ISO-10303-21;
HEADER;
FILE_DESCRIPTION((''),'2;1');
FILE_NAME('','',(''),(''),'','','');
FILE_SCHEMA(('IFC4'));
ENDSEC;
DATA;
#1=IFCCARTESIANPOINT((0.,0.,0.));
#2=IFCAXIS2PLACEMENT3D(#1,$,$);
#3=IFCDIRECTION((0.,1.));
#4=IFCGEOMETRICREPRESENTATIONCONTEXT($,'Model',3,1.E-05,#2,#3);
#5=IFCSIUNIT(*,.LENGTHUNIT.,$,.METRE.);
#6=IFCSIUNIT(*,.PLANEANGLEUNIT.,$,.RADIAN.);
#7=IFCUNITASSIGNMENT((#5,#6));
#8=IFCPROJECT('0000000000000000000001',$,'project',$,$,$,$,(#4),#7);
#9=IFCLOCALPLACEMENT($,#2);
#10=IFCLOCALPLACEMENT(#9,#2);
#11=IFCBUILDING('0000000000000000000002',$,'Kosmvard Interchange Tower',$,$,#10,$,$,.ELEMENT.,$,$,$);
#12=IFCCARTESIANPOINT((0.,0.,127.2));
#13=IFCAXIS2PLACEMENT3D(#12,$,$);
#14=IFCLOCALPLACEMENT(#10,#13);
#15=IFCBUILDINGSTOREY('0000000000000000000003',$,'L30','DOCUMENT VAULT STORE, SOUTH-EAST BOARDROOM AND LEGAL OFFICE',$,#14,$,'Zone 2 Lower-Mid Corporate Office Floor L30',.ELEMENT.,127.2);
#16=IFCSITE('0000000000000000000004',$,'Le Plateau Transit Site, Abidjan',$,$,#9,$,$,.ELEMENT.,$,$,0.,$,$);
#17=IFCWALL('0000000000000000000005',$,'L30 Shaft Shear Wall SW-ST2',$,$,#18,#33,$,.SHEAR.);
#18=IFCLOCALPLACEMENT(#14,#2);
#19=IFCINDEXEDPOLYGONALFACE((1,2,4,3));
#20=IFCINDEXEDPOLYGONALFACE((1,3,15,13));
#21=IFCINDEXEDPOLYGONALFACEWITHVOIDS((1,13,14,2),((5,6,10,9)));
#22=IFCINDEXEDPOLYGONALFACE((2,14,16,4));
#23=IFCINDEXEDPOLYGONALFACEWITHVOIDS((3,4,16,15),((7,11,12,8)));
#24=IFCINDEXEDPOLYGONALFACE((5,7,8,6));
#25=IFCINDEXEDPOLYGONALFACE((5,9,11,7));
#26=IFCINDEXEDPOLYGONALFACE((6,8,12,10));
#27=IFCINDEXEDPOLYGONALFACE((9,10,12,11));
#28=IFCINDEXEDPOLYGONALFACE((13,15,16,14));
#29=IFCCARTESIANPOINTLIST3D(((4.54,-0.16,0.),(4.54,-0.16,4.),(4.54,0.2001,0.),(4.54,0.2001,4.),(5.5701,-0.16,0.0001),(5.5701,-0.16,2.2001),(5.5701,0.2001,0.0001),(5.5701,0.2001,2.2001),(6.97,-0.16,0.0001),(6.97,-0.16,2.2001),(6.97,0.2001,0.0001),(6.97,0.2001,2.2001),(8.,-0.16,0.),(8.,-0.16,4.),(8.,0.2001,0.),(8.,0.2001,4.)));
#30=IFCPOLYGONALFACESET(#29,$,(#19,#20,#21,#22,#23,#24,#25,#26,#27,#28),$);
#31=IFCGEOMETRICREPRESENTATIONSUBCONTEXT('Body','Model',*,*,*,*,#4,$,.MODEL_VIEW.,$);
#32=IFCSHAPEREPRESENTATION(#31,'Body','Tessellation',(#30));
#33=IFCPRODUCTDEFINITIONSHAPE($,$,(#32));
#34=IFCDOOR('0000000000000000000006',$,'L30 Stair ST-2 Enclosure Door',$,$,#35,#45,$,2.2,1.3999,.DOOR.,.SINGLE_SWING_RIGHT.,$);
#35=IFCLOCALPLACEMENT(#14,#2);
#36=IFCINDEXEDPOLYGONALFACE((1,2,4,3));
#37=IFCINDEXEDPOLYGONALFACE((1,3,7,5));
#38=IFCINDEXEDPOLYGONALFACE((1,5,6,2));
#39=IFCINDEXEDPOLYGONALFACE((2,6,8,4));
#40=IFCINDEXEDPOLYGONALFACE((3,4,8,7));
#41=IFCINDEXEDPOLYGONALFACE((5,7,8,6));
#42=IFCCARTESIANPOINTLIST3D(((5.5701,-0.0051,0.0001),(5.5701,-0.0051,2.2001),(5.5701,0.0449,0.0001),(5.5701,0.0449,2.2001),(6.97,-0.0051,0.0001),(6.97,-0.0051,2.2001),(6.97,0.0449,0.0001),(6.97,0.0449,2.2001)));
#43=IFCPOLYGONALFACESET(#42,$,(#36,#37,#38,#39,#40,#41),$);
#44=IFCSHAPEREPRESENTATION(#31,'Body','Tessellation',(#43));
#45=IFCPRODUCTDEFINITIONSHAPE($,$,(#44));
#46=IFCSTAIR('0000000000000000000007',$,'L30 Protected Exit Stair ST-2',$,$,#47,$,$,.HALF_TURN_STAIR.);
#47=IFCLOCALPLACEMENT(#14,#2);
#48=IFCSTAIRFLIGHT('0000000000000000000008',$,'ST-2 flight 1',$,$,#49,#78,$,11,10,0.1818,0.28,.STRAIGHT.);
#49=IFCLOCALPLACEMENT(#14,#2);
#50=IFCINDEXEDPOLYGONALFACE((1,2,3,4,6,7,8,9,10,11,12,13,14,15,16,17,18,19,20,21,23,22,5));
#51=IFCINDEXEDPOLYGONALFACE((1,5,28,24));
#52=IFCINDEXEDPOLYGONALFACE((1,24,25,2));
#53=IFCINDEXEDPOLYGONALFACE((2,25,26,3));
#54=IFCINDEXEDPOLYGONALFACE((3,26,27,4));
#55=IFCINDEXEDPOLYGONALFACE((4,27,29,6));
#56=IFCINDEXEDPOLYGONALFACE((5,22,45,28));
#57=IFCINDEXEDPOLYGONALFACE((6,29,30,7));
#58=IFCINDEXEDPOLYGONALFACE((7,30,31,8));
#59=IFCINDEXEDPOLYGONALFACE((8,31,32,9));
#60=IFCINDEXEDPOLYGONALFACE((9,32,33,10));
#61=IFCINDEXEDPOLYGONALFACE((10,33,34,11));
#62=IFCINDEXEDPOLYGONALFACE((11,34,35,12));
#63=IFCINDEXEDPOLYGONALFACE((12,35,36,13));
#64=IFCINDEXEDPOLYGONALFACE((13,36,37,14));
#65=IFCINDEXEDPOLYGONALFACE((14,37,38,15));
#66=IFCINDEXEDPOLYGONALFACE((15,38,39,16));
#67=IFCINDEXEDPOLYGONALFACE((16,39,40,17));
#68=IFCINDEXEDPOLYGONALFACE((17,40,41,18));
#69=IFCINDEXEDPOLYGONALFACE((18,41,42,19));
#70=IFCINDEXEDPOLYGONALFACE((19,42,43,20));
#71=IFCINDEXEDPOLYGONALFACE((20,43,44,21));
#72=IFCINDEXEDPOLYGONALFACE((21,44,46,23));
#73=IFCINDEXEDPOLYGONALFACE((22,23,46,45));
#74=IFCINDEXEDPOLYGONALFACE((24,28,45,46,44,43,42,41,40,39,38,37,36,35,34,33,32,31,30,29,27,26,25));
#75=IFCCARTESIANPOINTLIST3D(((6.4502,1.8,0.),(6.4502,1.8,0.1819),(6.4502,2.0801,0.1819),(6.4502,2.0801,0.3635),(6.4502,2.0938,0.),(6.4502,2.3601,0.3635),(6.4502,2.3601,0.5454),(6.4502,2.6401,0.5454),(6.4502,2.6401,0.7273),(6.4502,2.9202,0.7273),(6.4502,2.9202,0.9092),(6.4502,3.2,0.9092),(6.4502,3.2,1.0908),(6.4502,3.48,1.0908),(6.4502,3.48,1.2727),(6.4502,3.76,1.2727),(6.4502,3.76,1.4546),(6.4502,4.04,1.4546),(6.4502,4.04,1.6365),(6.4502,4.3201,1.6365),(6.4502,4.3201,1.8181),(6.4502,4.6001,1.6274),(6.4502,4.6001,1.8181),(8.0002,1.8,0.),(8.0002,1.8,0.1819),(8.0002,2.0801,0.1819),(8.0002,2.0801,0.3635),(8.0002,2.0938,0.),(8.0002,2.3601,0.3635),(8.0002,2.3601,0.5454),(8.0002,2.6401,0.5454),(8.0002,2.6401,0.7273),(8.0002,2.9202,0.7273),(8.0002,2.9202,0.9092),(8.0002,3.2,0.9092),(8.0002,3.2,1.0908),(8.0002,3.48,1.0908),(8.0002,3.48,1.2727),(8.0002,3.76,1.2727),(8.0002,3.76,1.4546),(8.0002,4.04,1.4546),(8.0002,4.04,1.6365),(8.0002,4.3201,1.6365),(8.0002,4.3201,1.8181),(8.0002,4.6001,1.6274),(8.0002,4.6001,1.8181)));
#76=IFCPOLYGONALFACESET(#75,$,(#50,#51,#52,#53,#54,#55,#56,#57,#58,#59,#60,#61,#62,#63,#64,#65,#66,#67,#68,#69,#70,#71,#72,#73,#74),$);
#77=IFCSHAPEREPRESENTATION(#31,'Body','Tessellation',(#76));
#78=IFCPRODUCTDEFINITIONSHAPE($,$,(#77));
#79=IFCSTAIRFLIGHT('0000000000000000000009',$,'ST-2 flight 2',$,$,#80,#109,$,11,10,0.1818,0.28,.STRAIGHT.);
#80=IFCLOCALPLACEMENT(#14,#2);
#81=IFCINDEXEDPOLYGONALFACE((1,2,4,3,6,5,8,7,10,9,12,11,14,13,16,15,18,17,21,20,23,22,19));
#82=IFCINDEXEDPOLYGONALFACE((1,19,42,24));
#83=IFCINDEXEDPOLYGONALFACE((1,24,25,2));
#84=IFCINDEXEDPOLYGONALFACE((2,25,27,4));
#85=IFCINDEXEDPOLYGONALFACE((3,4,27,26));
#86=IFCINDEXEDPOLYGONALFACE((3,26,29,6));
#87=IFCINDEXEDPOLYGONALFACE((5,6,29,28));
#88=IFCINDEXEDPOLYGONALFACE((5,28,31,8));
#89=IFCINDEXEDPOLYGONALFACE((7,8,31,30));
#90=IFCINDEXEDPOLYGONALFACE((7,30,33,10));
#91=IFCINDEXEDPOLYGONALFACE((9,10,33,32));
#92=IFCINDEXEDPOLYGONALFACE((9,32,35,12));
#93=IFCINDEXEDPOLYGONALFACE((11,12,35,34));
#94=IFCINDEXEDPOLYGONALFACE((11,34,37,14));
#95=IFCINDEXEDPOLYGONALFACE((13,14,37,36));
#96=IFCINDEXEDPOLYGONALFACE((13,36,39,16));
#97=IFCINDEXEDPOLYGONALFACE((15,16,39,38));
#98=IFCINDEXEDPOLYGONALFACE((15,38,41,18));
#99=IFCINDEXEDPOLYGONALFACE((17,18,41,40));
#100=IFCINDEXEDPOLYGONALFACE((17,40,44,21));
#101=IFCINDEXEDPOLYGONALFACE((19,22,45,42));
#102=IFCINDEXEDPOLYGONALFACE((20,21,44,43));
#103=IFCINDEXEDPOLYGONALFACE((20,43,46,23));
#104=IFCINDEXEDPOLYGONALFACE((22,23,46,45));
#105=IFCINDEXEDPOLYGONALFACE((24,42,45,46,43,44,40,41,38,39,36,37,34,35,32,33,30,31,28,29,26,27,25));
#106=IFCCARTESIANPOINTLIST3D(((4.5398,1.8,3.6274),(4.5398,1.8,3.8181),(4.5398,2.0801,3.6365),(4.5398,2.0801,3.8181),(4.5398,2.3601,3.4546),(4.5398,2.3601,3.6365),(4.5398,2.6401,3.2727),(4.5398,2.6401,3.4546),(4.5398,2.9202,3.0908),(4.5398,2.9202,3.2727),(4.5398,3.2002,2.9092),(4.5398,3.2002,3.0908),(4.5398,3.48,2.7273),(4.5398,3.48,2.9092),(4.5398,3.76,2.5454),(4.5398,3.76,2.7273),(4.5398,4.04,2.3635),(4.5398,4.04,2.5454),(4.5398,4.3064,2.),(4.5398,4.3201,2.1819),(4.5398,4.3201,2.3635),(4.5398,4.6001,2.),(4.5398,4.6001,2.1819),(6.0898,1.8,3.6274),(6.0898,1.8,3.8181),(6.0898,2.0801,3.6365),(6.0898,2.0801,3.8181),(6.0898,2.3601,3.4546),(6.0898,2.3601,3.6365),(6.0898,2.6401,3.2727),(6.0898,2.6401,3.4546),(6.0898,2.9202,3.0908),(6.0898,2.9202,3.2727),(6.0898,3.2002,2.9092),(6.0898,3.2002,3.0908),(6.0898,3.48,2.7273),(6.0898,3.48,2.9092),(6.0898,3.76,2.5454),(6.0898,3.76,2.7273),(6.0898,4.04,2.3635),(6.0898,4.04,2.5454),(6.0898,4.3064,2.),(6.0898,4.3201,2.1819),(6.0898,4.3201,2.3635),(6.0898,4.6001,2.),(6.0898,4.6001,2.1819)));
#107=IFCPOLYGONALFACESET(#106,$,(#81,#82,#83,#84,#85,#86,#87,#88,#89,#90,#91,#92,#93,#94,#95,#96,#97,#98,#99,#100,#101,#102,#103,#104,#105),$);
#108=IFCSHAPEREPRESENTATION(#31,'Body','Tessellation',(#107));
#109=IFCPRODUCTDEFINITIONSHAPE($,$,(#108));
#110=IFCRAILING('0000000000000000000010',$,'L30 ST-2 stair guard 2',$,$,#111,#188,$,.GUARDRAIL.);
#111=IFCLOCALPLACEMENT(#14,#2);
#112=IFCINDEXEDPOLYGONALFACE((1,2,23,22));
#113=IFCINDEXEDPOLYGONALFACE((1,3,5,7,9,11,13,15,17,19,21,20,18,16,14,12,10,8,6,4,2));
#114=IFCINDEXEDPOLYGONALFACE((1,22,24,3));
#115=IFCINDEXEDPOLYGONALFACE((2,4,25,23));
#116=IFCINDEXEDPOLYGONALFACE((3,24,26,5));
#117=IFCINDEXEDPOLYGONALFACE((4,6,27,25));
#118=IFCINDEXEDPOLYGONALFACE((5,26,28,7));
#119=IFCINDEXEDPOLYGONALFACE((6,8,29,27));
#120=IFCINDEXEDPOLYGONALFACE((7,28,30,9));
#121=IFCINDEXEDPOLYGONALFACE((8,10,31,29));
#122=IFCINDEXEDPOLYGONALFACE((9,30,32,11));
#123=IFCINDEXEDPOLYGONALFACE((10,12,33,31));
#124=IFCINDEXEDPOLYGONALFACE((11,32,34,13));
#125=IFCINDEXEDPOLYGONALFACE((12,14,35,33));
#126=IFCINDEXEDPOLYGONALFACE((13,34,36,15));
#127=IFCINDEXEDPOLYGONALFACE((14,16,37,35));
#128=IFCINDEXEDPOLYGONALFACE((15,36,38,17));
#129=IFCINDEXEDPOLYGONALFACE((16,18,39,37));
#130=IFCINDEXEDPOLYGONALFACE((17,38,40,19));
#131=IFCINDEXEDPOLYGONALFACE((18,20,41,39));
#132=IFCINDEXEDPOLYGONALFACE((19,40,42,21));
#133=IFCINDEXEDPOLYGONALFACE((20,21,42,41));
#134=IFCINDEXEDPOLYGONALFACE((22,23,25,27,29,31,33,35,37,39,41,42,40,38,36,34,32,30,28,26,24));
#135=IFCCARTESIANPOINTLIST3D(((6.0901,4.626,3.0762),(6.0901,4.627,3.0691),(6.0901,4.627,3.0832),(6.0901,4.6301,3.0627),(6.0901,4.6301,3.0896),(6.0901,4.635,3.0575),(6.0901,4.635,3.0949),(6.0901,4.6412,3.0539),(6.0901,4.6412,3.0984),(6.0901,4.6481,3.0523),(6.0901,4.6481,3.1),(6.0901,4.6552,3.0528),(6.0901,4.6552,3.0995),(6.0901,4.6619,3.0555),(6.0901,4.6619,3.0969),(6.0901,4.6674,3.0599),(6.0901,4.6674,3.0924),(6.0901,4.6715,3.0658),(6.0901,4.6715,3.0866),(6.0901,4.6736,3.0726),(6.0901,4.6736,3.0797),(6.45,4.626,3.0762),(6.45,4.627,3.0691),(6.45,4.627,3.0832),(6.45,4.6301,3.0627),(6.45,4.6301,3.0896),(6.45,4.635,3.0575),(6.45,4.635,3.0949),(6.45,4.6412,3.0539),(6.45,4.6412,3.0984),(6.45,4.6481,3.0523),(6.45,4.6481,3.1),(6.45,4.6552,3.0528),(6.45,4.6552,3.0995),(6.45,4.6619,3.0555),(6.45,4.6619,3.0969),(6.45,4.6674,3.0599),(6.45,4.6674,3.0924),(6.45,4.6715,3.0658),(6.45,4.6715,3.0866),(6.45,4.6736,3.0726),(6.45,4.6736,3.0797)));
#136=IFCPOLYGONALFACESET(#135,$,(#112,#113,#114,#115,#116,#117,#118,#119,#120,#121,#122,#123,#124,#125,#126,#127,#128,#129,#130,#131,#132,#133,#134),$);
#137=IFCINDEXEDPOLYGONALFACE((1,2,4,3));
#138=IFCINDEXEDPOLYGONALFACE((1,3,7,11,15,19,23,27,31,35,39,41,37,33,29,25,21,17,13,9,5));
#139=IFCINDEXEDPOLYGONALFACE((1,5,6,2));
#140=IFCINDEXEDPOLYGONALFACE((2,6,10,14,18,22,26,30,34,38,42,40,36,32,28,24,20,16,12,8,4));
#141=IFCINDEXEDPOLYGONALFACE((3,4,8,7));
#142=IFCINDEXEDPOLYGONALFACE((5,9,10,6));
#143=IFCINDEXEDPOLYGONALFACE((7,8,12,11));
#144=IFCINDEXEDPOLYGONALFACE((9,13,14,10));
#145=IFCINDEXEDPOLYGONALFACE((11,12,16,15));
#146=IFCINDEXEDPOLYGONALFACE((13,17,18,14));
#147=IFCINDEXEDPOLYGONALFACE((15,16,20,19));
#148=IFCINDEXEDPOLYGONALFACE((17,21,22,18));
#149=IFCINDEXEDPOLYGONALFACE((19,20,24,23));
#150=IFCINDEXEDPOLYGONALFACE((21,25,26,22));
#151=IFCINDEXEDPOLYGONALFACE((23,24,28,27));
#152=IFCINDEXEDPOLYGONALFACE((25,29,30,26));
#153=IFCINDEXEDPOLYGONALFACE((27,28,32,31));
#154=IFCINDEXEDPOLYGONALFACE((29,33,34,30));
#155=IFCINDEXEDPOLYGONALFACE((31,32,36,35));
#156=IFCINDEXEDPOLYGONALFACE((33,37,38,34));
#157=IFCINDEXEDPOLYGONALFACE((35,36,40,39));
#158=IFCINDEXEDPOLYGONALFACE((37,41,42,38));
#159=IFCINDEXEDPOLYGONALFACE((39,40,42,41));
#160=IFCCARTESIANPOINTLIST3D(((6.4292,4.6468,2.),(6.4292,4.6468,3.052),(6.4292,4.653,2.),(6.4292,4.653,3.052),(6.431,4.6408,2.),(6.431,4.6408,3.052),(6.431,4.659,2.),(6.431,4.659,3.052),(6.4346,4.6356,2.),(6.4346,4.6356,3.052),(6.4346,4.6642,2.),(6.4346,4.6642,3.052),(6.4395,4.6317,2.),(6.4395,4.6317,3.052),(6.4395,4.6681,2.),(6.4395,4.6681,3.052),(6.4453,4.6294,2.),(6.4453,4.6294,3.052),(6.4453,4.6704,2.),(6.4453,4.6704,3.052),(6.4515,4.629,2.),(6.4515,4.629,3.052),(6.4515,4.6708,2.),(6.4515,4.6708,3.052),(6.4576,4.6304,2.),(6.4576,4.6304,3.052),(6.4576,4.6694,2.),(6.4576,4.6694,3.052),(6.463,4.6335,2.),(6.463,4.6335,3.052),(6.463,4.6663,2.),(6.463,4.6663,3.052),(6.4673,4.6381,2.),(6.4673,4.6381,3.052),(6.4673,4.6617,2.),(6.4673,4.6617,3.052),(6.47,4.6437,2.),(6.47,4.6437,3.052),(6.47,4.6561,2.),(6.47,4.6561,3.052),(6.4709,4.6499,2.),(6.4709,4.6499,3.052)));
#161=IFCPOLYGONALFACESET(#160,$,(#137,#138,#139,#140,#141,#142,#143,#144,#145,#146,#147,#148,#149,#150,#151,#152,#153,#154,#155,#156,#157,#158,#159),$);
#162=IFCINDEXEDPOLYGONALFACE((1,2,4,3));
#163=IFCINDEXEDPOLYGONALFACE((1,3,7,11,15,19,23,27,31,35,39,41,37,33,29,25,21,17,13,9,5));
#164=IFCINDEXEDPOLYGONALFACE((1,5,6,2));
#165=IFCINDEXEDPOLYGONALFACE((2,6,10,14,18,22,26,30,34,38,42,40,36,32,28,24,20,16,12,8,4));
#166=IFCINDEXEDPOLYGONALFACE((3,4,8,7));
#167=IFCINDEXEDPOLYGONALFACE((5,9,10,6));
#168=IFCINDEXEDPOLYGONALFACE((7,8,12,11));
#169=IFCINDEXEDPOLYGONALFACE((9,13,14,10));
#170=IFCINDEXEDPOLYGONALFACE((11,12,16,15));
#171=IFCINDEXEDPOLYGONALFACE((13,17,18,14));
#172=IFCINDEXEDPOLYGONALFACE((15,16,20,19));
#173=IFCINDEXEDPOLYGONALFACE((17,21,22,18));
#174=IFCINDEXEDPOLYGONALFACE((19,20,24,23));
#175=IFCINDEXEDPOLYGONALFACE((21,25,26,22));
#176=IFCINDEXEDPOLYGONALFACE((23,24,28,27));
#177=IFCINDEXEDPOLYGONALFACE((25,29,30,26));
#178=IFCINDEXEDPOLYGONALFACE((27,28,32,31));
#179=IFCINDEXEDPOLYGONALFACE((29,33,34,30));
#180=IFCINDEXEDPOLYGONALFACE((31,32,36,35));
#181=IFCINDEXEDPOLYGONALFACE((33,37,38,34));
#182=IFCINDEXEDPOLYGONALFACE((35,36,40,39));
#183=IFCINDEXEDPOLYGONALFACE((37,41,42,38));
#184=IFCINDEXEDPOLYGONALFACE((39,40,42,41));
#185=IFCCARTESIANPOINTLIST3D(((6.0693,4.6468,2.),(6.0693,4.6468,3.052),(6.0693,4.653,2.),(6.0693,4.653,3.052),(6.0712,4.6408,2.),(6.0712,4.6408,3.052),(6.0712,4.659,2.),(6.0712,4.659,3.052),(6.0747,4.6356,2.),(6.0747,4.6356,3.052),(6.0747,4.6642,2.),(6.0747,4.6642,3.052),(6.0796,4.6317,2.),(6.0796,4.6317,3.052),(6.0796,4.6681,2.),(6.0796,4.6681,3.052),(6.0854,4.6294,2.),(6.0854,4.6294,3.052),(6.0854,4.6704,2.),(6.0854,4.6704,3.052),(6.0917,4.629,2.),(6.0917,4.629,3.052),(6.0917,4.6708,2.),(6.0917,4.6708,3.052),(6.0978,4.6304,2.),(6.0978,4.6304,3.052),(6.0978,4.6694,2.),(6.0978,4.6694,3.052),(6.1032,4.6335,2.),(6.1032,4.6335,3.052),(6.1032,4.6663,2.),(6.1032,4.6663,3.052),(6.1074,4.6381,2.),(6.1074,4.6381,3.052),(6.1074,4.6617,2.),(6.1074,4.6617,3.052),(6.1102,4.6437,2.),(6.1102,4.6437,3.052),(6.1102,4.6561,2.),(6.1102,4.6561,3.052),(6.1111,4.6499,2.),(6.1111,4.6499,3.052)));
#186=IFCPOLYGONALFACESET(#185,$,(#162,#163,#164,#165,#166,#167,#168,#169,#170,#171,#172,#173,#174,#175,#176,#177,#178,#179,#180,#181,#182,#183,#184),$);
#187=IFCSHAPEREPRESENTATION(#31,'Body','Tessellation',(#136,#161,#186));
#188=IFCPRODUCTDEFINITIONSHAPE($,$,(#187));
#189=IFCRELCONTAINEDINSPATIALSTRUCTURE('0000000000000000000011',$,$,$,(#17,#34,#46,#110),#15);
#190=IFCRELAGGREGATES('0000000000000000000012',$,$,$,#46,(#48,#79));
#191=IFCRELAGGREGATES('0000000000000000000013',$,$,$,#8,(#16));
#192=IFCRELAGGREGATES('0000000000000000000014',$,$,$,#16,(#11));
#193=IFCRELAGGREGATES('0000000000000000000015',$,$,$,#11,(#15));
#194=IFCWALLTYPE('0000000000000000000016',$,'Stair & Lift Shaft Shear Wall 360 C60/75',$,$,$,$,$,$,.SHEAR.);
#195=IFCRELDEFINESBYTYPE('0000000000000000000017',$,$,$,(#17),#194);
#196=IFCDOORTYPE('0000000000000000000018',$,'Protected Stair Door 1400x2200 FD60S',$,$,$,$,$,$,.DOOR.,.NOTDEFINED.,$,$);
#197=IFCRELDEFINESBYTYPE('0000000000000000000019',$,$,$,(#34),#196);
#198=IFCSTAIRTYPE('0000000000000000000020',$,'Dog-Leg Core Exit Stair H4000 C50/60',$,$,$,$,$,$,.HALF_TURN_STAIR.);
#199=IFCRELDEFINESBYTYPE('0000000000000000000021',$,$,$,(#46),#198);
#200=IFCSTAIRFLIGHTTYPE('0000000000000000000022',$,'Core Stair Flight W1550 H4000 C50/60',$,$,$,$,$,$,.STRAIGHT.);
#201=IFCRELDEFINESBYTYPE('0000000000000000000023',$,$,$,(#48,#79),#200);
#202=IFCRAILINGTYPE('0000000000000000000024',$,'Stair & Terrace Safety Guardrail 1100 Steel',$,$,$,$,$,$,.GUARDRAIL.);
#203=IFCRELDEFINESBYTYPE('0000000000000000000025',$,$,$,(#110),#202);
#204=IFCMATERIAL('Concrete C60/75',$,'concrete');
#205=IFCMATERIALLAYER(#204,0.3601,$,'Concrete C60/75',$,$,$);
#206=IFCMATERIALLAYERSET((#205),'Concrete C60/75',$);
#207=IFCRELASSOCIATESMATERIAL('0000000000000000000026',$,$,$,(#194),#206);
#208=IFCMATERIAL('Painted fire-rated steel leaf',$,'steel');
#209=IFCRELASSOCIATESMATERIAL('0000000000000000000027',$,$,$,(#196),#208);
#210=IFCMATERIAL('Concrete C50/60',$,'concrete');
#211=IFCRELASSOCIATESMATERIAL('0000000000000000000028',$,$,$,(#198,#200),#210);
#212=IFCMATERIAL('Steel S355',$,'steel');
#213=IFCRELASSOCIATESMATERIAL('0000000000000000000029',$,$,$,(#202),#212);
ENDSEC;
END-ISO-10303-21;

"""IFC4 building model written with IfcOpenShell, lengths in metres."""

from ifc_helpers import new_model, si_unit, direction, frame, frame_2d, origin, origin_2d, place, context, subcontext, project, spatial, polyline, rectangle, circle, outline, extrude, source, transform, mapped, material, layer, layer_set, type_object, element, fill, aggregate, save


model = new_model("IFC4")

# Units and contexts
model_context = context("Model", 3, precision=1e-05, world=origin(), true_north=direction((0.0, 1.0)))
body_context = subcontext(model_context, "Body", "Model", "MODEL_VIEW")
ifc_project = project(units=[si_unit("LENGTHUNIT", "METRE"), si_unit("PLANEANGLEUNIT", "RADIAN")], contexts=[model_context])

# Site, building, storey
site_placement = place(None, origin())
site = spatial("IfcSite", under=ifc_project, at=site_placement, Name="Le Plateau Transit Site, Abidjan", CompositionType="ELEMENT", RefElevation=0.0)
building_placement = place(site_placement, origin())
building = spatial("IfcBuilding", under=site, at=building_placement, Name="Kosmvard Interchange Tower", CompositionType="ELEMENT")
storey_placement = place(building_placement, frame((0.0, 0.0, 127.2)))
storey = spatial("IfcBuildingStorey", under=building, at=storey_placement, Name="L30", Description="DOCUMENT VAULT STORE, SOUTH-EAST BOARDROOM AND LEGAL OFFICE", LongName="Zone 2 Lower-Mid Corporate Office Floor L30", CompositionType="ELEMENT", Elevation=127.2)

# Shared definitions
ifc_material_1 = material(Name="Concrete C60/75", Category="concrete")

# Shared definitions
ifc_material_2 = material(Name="Steel S355", Category="steel")

# Wall, opening, door
ifc_layer_1 = layer(ifc_material_1, 0.3601, Name="Concrete C60/75")
ifc_layer_set_1 = layer_set([ifc_layer_1], Name="Concrete C60/75")
wall_type_1 = type_object("IfcWallType", Name="Stair & Lift Shaft Shear Wall 360 C60/75", PredefinedType="SHEAR", material=ifc_layer_set_1)
wall_1_placement = place(storey_placement, frame((4.54, 0.02, 0.0), z_axis=(0.0, 0.0, 1.0), x_axis=(1.0, 0.0, 0.0)))
wall_1 = element("IfcWall", 1, at=wall_1_placement, inside=storey, type_object=wall_type_1, Name="L30 Shaft Shear Wall SW-ST2", PredefinedType="SHEAR", context=body_context, shape_type="SweptSolid", body=[
    extrude(rectangle(XDim=3.46, YDim=0.3601, at=frame_2d((1.73, 0.0))), origin(), (0.0, 0.0, 1.0), 4.0),
])
opening_1_placement = place(wall_1_placement, frame((1.03, 0.0, 0.0)))
opening_1 = element("IfcOpeningElement", 2, at=opening_1_placement, cuts=wall_1, PredefinedType="OPENING", context=body_context, shape_type="SweptSolid", body=[
    extrude(rectangle(XDim=1.3999, YDim=2.2, at=frame_2d((0.7, 1.1001))), frame((0.0, 0.1899, 0.0), z_axis=(0.0, -1.0, 0.0), x_axis=(1.0, 0.0, 0.0)), (0.0, 0.0, 1.0), 0.3801),
])
ifc_material_3 = material(Name="Painted fire-rated steel leaf", Category="steel")
door_type_1 = type_object("IfcDoorType", Name="Protected Stair Door 1400x2200 FD60S", OperationType="NOTDEFINED", PredefinedType="DOOR", material=ifc_material_3)
shared_shape_1 = source(origin(), body_context, "Body", "SweptSolid", [
    extrude(rectangle(XDim=1.3999, YDim=2.2, at=frame_2d((0.7, 1.1001))), frame((0.0, 0.0249, 0.0), z_axis=(0.0, -1.0, 0.0), x_axis=(1.0, 0.0, 0.0)), (0.0, 0.0, 1.0), 0.05),
])
door_1_placement = place(opening_1_placement, origin())
door_1 = element("IfcDoor", 3, at=door_1_placement, inside=storey, type_object=door_type_1, Name="L30 Stair ST-2 Enclosure Door", OperationType="SINGLE_SWING_RIGHT", OverallHeight=2.2, OverallWidth=1.3999, PredefinedType="DOOR", context=body_context, shape_type="MappedRepresentation", body=[
    mapped(shared_shape_1, transform((0.0, 0.0, 0.0), scale=1.0)),
])
fill(opening_1, door_1)

# Stair, stair flights
ifc_material_4 = material(Name="Concrete C50/60", Category="concrete")
stair_type = type_object("IfcStairType", Name="Dog-Leg Core Exit Stair H4000 C50/60", PredefinedType="HALF_TURN_STAIR", material=ifc_material_4)
stair_placement = place(storey_placement, origin())
stair = element("IfcStair", 4, at=stair_placement, inside=storey, type_object=stair_type, Name="L30 Protected Exit Stair ST-2", PredefinedType="HALF_TURN_STAIR")
stair_flight_type = type_object("IfcStairFlightType", Name="Core Stair Flight W1550 H4000 C50/60", PredefinedType="STRAIGHT", material=ifc_material_4)
shared_shape_2 = source(origin(), body_context, "Body", "SweptSolid", [
    extrude(outline(polyline([(0.0, 0.0), (0.0, 0.1819), (0.28, 0.1819), (0.28, 0.3635), (0.5601, 0.3635), (0.5601, 0.5454), (0.8401, 0.5454), (0.8401, 0.7273), (1.1201, 0.7273), (1.1201, 0.9092), (1.3999, 0.9092), (1.3999, 1.0908), (1.6799, 1.0908), (1.6799, 1.2727), (1.96, 1.2727), (1.96, 1.4546), (2.24, 1.4546), (2.24, 1.6365), (2.52, 1.6365), (2.52, 1.8181), (2.8, 1.8181), (2.8, 2.0), (2.8, 1.6274), (0.2937, 0.0), (0.0, 0.0)])), frame((0.0, 0.7749, 0.0), z_axis=(0.0, -1.0, 0.0), x_axis=(1.0, 0.0, 0.0)), (0.0, 0.0, 1.0), 1.55),
])
stair_flight_1_placement = place(storey_placement, frame((7.2251, 1.8, 0.0), z_axis=(0.0, 0.0, 1.0), x_axis=(0.0, 1.0, 0.0)))
stair_flight_1 = element("IfcStairFlight", 5, at=stair_flight_1_placement, type_object=stair_flight_type, Name="ST-2 flight 1", NumberOfRisers=11, NumberOfTreads=10, PredefinedType="STRAIGHT", RiserHeight=0.1818, TreadLength=0.28, context=body_context, shape_type="MappedRepresentation", body=[
    mapped(shared_shape_2, transform((0.0, 0.0, 0.0), scale=1.0)),
])
stair_flight_2_placement = place(storey_placement, frame((5.3149, 4.6001, 2.0), z_axis=(0.0, 0.0, 1.0), x_axis=(0.0, -1.0, 0.0)))
stair_flight_2 = element("IfcStairFlight", 6, at=stair_flight_2_placement, type_object=stair_flight_type, Name="ST-2 flight 2", NumberOfRisers=11, NumberOfTreads=10, PredefinedType="STRAIGHT", RiserHeight=0.1818, TreadLength=0.28, context=body_context, shape_type="MappedRepresentation", body=[
    mapped(shared_shape_2, transform((0.0, 0.0, 0.0), scale=1.0)),
])
aggregate(stair, [stair_flight_1, stair_flight_2])

# Railing
railing_type_1 = type_object("IfcRailingType", Name="Stair & Terrace Safety Guardrail 1100 Steel", PredefinedType="GUARDRAIL", material=ifc_material_2)
shared_shape_3 = source(origin(), body_context, "Body", "SweptSolid", [
    extrude(circle(Radius=0.0239, at=origin_2d()), frame((0.0, 0.0, 1.0762), z_axis=(-1.0, 0.0, 0.0), x_axis=(0.0, -1.0, 0.0)), (0.0, 0.0, 1.0), 0.3599),
    extrude(circle(Radius=0.021, at=origin_2d()), origin(), (0.0, 0.0, 1.0), 1.052),
    extrude(circle(Radius=0.021, at=origin_2d()), frame((-0.3599, 0.0, 0.0)), (0.0, 0.0, 1.0), 1.052),
])
for number, where, name in (
    (7, (6.45, 4.6499, 2.0), "L30 ST-2 stair guard 2"),
):
    element("IfcRailing", number, at=place(storey_placement, frame(where)), inside=storey, type_object=railing_type_1, Name=name, PredefinedType="GUARDRAIL", context=body_context, shape_type="MappedRepresentation", body=[
        mapped(shared_shape_3, transform((0.0, 0.0, 0.0), scale=1.0)),
    ])

save(model, "model.ifc")
